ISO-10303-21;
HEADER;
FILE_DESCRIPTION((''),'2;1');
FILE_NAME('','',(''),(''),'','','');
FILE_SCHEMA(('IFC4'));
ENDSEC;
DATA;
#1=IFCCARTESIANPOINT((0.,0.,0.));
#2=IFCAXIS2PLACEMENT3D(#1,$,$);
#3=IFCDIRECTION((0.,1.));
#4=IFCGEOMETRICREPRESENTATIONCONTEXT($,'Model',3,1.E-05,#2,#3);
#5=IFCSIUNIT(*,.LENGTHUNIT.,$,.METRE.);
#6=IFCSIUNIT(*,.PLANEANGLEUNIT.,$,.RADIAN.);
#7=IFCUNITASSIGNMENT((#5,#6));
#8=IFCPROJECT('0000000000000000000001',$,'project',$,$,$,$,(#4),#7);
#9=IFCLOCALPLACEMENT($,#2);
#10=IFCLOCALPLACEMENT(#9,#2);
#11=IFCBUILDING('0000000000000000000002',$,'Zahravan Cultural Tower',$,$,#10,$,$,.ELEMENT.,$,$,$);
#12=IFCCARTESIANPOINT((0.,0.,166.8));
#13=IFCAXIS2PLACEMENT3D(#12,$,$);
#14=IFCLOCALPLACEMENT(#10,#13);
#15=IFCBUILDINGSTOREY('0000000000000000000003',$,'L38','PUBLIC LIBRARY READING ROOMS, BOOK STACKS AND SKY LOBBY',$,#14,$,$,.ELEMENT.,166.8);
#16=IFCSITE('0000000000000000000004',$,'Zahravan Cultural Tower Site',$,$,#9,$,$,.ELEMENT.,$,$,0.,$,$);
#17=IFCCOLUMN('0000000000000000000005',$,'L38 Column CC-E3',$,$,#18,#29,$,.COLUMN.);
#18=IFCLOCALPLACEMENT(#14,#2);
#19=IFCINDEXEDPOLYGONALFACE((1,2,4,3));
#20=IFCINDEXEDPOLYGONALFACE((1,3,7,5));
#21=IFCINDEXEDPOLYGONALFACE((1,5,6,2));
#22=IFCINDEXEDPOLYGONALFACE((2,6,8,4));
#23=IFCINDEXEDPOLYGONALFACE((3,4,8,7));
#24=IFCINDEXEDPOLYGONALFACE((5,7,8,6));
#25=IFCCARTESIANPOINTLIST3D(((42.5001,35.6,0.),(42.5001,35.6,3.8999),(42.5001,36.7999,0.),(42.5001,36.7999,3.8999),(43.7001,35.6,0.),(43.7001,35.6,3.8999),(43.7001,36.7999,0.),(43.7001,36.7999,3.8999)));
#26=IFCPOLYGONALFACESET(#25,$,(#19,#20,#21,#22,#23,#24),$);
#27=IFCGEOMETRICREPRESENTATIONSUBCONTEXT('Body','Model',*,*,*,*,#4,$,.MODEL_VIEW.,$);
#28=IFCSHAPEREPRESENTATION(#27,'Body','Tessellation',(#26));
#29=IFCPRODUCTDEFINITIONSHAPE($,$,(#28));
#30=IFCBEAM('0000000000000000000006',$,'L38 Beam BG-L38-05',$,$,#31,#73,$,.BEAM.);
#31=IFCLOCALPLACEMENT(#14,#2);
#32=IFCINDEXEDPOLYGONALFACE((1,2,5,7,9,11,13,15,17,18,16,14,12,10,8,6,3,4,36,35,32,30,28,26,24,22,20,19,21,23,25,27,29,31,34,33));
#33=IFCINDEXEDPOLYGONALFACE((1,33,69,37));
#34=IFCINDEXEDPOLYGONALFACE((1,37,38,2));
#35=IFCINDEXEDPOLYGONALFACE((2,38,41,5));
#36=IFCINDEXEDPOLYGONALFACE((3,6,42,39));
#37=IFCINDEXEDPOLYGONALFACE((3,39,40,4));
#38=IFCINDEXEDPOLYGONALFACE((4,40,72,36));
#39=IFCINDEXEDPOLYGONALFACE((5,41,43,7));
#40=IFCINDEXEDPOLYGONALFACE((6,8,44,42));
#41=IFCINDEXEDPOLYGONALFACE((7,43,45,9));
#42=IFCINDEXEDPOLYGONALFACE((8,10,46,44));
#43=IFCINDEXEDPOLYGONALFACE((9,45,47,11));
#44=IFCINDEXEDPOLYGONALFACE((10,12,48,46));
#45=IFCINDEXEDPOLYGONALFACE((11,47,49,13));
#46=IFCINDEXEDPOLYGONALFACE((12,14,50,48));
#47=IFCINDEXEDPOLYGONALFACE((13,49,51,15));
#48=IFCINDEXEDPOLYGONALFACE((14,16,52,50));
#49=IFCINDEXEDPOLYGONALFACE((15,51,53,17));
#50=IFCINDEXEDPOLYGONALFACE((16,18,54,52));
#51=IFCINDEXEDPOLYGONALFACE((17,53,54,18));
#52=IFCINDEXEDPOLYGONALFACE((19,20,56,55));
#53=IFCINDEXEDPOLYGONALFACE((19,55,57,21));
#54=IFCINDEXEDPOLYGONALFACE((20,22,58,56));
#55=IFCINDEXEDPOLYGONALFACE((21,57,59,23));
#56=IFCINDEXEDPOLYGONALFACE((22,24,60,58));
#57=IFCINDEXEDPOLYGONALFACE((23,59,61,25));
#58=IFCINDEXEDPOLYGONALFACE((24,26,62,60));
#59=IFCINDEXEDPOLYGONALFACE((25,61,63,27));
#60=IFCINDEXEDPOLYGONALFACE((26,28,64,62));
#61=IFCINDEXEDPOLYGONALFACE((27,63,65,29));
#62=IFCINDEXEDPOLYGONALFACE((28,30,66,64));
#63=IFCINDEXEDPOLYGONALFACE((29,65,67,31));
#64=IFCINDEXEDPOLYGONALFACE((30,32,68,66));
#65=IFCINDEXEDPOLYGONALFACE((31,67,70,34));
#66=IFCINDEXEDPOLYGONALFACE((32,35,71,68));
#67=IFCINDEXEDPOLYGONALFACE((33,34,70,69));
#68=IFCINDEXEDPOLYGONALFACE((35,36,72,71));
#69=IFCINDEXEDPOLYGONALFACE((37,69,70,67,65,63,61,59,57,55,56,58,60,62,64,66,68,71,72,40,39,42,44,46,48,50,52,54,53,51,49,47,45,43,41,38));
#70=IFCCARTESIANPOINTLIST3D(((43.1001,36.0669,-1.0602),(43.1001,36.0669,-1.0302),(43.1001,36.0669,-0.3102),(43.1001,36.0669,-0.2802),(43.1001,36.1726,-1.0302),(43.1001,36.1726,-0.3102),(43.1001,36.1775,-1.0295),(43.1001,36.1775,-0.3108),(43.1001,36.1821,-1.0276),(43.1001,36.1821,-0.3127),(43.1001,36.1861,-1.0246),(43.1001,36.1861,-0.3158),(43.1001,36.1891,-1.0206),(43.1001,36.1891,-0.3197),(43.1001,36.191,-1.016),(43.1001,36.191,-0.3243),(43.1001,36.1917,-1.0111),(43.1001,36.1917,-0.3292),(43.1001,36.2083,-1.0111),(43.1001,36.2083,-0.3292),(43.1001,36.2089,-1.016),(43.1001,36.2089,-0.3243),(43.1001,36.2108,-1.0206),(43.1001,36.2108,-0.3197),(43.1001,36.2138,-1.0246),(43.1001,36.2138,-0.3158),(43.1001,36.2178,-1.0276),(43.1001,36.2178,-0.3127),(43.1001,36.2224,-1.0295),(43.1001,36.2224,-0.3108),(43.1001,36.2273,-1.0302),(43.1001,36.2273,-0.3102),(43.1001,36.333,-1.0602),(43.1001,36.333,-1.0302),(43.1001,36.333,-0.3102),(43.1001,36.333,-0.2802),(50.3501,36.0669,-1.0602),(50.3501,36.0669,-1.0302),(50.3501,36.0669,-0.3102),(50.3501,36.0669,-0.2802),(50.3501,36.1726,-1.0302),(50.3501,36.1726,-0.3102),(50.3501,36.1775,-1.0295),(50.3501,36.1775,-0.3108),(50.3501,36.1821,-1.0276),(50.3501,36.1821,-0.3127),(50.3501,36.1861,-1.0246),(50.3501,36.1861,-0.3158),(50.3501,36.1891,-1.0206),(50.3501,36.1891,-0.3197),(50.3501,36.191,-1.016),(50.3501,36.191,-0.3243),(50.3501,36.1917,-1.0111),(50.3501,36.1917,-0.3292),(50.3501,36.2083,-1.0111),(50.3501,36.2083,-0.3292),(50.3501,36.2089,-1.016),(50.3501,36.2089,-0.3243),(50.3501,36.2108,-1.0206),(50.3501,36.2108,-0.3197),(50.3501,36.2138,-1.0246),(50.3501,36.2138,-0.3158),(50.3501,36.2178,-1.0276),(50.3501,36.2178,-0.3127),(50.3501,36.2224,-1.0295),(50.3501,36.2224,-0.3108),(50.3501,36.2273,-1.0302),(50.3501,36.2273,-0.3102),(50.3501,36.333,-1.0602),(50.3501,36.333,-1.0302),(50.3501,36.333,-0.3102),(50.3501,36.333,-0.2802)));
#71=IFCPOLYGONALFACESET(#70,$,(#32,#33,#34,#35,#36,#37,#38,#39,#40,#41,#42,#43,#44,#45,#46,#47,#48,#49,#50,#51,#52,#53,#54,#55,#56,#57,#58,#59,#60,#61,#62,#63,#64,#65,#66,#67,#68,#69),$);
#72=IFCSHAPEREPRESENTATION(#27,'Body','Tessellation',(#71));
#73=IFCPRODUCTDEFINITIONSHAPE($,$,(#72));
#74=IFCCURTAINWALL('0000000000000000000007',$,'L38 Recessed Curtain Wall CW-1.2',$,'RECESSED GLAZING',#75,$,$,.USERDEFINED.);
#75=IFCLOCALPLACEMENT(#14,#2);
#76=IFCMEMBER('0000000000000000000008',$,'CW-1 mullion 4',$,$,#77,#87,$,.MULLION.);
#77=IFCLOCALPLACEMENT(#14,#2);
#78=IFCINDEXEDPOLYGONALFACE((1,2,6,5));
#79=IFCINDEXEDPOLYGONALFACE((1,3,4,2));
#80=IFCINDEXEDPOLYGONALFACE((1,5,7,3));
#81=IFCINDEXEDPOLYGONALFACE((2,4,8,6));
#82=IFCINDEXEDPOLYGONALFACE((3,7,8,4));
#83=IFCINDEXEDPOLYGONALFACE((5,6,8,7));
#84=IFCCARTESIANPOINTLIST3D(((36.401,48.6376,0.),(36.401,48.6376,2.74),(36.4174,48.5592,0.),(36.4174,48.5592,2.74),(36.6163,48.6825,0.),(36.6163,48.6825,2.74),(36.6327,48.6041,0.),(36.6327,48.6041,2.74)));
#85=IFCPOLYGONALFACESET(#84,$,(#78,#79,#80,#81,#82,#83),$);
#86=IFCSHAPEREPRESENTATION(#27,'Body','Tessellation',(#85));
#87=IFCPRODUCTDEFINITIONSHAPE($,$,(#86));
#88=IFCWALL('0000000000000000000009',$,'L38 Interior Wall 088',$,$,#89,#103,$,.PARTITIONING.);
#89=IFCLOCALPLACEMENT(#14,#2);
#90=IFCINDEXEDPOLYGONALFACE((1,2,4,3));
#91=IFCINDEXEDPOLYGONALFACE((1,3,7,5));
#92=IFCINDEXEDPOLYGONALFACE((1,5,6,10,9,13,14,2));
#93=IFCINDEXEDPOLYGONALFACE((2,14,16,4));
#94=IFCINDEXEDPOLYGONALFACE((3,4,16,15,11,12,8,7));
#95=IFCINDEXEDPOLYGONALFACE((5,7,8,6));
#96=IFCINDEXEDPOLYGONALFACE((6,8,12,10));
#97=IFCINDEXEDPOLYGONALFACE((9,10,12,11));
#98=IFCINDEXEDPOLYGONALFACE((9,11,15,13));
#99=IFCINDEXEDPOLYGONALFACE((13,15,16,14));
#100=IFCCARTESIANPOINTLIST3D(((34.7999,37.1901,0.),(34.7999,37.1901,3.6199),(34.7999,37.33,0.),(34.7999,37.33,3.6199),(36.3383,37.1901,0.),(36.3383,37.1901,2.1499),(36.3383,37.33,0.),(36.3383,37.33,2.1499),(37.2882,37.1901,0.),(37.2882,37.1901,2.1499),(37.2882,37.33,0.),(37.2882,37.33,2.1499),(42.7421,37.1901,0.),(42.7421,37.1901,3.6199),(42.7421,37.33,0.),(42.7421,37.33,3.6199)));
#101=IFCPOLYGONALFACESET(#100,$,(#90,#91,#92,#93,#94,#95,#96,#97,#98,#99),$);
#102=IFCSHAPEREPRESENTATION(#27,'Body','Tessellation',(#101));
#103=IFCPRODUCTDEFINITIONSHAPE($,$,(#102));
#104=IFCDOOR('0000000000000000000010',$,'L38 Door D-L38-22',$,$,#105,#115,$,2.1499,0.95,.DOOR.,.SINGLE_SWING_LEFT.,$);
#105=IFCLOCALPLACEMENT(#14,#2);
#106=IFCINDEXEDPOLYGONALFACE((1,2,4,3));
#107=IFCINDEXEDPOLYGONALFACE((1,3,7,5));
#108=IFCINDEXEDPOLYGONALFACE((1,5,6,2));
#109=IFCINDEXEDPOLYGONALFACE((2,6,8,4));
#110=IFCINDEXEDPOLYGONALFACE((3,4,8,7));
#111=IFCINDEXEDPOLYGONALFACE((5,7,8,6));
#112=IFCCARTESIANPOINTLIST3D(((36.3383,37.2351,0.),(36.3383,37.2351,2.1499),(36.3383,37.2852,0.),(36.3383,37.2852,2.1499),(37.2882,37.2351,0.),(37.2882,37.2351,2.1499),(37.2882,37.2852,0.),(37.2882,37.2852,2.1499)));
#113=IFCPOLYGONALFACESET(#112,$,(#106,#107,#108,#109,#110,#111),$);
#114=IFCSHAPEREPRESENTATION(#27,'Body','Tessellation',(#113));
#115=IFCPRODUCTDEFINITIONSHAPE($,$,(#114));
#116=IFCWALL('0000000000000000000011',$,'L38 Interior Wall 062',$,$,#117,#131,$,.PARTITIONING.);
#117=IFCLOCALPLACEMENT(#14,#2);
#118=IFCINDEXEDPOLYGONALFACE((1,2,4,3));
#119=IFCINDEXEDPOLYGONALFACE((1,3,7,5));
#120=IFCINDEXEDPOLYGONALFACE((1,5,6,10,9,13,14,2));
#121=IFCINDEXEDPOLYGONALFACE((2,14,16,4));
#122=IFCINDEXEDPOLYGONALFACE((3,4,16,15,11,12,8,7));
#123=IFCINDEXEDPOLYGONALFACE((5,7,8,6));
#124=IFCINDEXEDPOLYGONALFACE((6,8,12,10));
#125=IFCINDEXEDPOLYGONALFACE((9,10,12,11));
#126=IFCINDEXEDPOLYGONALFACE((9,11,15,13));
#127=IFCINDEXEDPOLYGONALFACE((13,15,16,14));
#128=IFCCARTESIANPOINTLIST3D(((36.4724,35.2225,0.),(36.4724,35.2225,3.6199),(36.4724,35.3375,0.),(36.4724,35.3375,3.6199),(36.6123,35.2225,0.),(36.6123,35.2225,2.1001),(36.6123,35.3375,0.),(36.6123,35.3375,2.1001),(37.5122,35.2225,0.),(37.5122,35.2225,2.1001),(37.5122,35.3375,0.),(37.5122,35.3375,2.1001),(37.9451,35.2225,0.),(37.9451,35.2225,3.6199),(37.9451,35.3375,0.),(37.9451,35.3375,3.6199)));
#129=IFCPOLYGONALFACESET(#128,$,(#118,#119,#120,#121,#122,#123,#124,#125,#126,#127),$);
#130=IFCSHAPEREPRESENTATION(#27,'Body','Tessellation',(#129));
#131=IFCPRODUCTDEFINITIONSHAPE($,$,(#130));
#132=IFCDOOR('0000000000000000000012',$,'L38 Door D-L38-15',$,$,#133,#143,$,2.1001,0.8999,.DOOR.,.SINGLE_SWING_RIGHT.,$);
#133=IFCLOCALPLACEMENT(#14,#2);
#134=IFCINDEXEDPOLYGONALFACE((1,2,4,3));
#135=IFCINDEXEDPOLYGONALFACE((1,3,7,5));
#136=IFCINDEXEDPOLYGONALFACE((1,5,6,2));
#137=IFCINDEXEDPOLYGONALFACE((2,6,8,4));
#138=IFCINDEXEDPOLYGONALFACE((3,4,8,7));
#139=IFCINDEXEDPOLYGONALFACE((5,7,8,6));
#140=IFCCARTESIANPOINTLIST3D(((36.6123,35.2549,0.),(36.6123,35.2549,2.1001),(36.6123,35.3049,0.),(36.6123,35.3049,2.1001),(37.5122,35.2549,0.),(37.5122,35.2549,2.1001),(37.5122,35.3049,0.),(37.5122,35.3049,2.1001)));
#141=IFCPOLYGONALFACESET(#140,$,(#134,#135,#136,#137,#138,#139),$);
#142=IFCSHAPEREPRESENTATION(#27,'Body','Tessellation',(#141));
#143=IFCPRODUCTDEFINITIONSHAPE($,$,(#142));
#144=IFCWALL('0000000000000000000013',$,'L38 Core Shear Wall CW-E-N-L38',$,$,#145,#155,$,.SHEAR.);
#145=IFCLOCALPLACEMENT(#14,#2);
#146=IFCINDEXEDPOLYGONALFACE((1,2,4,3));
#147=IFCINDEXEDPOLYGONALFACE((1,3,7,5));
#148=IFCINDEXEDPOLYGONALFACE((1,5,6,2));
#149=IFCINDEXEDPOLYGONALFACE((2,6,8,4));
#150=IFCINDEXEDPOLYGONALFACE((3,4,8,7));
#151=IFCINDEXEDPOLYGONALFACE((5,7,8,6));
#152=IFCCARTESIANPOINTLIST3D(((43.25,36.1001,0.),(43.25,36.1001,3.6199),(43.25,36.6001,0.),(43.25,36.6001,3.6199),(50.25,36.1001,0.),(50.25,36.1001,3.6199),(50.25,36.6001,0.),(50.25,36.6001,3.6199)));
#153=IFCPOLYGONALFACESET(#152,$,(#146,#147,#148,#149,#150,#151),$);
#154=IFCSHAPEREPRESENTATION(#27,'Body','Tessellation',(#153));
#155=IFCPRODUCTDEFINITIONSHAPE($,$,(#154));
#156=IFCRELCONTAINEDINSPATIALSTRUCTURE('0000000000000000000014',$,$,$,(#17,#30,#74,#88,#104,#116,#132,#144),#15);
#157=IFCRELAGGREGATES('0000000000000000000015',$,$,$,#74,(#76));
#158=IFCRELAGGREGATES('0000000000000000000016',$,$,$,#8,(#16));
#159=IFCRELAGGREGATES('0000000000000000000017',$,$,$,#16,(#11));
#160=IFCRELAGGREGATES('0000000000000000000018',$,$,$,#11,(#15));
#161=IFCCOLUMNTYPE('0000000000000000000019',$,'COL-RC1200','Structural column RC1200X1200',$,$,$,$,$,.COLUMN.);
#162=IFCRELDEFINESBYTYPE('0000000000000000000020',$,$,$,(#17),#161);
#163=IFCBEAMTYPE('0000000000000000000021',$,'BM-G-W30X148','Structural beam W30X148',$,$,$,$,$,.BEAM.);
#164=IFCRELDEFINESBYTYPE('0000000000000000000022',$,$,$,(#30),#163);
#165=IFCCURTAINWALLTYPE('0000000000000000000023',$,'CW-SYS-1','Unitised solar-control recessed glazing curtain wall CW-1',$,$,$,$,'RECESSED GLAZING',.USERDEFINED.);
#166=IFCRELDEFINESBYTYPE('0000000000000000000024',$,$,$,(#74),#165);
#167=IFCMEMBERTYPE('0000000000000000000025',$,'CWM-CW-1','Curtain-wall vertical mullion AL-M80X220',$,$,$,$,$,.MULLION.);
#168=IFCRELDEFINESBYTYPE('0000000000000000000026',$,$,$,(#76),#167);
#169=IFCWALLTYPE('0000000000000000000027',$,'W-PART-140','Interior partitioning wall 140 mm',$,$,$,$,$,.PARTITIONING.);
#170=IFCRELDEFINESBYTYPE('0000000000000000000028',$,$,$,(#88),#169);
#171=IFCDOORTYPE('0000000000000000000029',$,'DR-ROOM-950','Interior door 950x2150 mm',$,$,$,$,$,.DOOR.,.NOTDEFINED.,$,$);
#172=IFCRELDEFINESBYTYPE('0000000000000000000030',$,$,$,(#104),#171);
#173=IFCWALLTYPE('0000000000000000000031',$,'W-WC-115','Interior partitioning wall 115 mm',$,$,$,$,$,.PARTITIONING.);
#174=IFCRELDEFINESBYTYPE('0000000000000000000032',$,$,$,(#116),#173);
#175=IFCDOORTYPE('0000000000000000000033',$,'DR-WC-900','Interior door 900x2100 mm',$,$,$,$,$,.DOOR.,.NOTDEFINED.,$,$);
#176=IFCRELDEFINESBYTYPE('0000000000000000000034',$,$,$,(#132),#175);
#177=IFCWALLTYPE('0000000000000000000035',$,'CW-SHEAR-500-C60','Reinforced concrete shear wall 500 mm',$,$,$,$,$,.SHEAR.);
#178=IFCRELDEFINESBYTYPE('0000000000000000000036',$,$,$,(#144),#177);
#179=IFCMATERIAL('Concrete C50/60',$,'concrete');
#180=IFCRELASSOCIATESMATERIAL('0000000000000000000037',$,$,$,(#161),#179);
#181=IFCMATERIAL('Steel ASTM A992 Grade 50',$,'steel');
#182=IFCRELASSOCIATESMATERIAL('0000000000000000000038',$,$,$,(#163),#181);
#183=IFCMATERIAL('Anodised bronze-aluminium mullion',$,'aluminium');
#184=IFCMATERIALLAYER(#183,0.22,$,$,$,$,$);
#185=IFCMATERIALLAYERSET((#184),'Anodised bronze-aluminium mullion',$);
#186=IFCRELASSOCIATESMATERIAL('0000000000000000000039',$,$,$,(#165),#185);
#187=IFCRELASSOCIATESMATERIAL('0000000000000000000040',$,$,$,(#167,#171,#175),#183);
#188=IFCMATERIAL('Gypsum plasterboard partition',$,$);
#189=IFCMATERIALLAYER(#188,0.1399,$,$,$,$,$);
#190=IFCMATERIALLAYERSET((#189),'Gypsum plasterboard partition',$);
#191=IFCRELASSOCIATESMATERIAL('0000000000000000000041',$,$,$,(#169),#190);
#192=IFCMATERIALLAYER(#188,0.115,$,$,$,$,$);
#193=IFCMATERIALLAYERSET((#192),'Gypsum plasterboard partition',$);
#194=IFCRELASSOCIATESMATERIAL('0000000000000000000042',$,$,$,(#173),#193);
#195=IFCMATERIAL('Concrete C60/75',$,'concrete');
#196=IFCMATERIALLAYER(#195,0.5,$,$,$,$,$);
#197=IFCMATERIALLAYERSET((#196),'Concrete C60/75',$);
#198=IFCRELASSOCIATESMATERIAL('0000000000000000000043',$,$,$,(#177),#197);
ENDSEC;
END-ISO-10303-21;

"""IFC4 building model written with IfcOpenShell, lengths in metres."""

from ifc_helpers import new_model, si_unit, direction, frame, frame_2d, origin, origin_2d, place, context, subcontext, project, spatial, rectangle, i_section, extrude, source, transform, mapped, material, layer, layer_set, material_profile, profile_set, type_object, element, fill, aggregate, save


model = new_model("IFC4")

# Units and contexts
model_context = context("Model", 3, precision=1e-05, world=origin(), true_north=direction((0.0, 1.0)))
body_context = subcontext(model_context, "Body", "Model", "MODEL_VIEW")
ifc_project = project(units=[si_unit("LENGTHUNIT", "METRE"), si_unit("PLANEANGLEUNIT", "RADIAN")], contexts=[model_context])

# Site, building, storey
site_placement = place(None, origin())
site = spatial("IfcSite", under=ifc_project, at=site_placement, Name="Zahravan Cultural Tower Site", CompositionType="ELEMENT", RefElevation=0.0)
building_placement = place(site_placement, origin())
building = spatial("IfcBuilding", under=site, at=building_placement, Name="Zahravan Cultural Tower", CompositionType="ELEMENT")
storey_placement = place(building_placement, frame((0.0, 0.0, 166.8)))
storey = spatial("IfcBuildingStorey", under=building, at=storey_placement, Name="L38", Description="PUBLIC LIBRARY READING ROOMS, BOOK STACKS AND SKY LOBBY", CompositionType="ELEMENT", Elevation=166.8)

# Column
ifc_material_1 = material(Name="Concrete C50/60", Category="concrete")
ifc_material_profile_1 = material_profile(ifc_material_1, rectangle(XDim=1.2, YDim=1.2, at=origin_2d()), Name="RC1200X1200")
ifc_profile_set_1 = profile_set([ifc_material_profile_1], Name="Concrete C50/60")
column_type = type_object("IfcColumnType", Name="COL-RC1200", Description="Structural column RC1200X1200", PredefinedType="COLUMN", material=ifc_profile_set_1)
shared_shape_1 = source(origin(), body_context, "Body", "SweptSolid", [
    extrude(rectangle(XDim=1.2, YDim=1.2, at=origin_2d()), origin(), (0.0, 0.0, 1.0), 3.8999),
])
column_placement = place(storey_placement, frame((43.1001, 36.2, 0.0), z_axis=(0.0, 0.0, 1.0), x_axis=(1.0, 0.0, 0.0)))
element("IfcColumn", 1, at=column_placement, inside=storey, type_object=column_type, Name="L38 Column CC-E3", PredefinedType="COLUMN", context=body_context, shape_type="MappedRepresentation", body=[
    mapped(shared_shape_1, transform((0.0, 0.0, 0.0), x_axis=(1.0, 0.0, 0.0), y_axis=(0.0, 1.0, 0.0), z_axis=(0.0, 0.0, 1.0), scale=1.0)),
])

# Beam
ifc_material_2 = material(Name="Steel ASTM A992 Grade 50", Category="steel")
ifc_material_profile_2 = material_profile(ifc_material_2, i_section(OverallWidth=0.2661, OverallDepth=0.78, WebThickness=0.0166, FlangeThickness=0.03, FilletRadius=0.019, at=origin_2d()), Name="W30X148")
ifc_profile_set_2 = profile_set([ifc_material_profile_2], Name="Steel ASTM A992 Grade 50")
beam_type = type_object("IfcBeamType", Name="BM-G-W30X148", Description="Structural beam W30X148", PredefinedType="BEAM", material=ifc_profile_set_2)
shared_shape_2 = source(origin(), body_context, "Body", "SweptSolid", [
    extrude(i_section(OverallWidth=0.2661, OverallDepth=0.78, WebThickness=0.0166, FlangeThickness=0.03, FilletRadius=0.019, at=origin_2d()), origin(), (0.0, 0.0, 1.0), 7.25),
])
beam_placement = place(storey_placement, frame((43.1001, 36.2, -0.6702), z_axis=(1.0, 0.0, 0.0), x_axis=(0.0, 1.0, 0.0)))
element("IfcBeam", 2, at=beam_placement, inside=storey, type_object=beam_type, Name="L38 Beam BG-L38-05", PredefinedType="BEAM", context=body_context, shape_type="MappedRepresentation", body=[
    mapped(shared_shape_2, transform((0.0, 0.0, 0.0), x_axis=(1.0, 0.0, 0.0), y_axis=(0.0, 1.0, 0.0), z_axis=(0.0, 0.0, 1.0), scale=1.0)),
])

# Curtain wall, member
ifc_material_3 = material(Name="Anodised bronze-aluminium mullion", Category="aluminium")
ifc_layer_1 = layer(ifc_material_3, 0.22)
ifc_layer_set_1 = layer_set([ifc_layer_1], Name="Anodised bronze-aluminium mullion")
curtain_wall_type = type_object("IfcCurtainWallType", Name="CW-SYS-1", Description="Unitised solar-control recessed glazing curtain wall CW-1", ElementType="RECESSED GLAZING", PredefinedType="USERDEFINED", material=ifc_layer_set_1)
curtain_wall_placement = place(storey_placement, origin())
curtain_wall = element("IfcCurtainWall", 3, at=curtain_wall_placement, inside=storey, type_object=curtain_wall_type, Name="L38 Recessed Curtain Wall CW-1.2", ObjectType="RECESSED GLAZING", PredefinedType="USERDEFINED")
ifc_material_profile_3 = material_profile(ifc_material_3, rectangle(XDim=0.0801, YDim=0.22, at=origin_2d()), Name="AL-M80X220")
ifc_profile_set_3 = profile_set([ifc_material_profile_3], Name="Anodised bronze-aluminium mullion")
member_type = type_object("IfcMemberType", Name="CWM-CW-1", Description="Curtain-wall vertical mullion AL-M80X220", PredefinedType="MULLION", material=ifc_profile_set_3)
shared_shape_3 = source(origin(), body_context, "Body", "SweptSolid", [
    extrude(rectangle(XDim=0.0801, YDim=0.22, at=origin_2d()), origin(), (0.0, 0.0, 1.0), 2.74),
])
member_placement = place(storey_placement, frame((36.5168, 48.6208, 0.0), z_axis=(0.0, 0.0, 1.0), x_axis=(-0.204162, 0.978937, 0.0)))
member = element("IfcMember", 4, at=member_placement, type_object=member_type, Name="CW-1 mullion 4", PredefinedType="MULLION", context=body_context, shape_type="MappedRepresentation", body=[
    mapped(shared_shape_3, transform((0.0, 0.0, 0.0), x_axis=(1.0, 0.0, 0.0), y_axis=(0.0, 1.0, 0.0), z_axis=(0.0, 0.0, 1.0), scale=1.0)),
])
aggregate(curtain_wall, [member])

# Walls, openings, doors
ifc_material_4 = material(Name="Gypsum plasterboard partition")
ifc_layer_2 = layer(ifc_material_4, 0.1399)
ifc_layer_set_2 = layer_set([ifc_layer_2], Name="Gypsum plasterboard partition")
wall_type_1 = type_object("IfcWallType", Name="W-PART-140", Description="Interior partitioning wall 140 mm", PredefinedType="PARTITIONING", material=ifc_layer_set_2)
wall_1_placement = place(storey_placement, frame((42.7422, 37.26, 0.0), z_axis=(0.0, 0.0, 1.0), x_axis=(-1.0, 0.0, 0.0)))
wall_1 = element("IfcWall", 5, at=wall_1_placement, inside=storey, type_object=wall_type_1, Name="L38 Interior Wall 088", PredefinedType="PARTITIONING", context=body_context, shape_type="SweptSolid", body=[
    extrude(rectangle(XDim=7.9421, YDim=0.1399, at=frame_2d((3.9712, 0.0))), origin(), (0.0, 0.0, 1.0), 3.6199),
])
opening_1_placement = place(wall_1_placement, frame((5.4539, 0.0, 0.0)))
opening_1 = element("IfcOpeningElement", 6, at=opening_1_placement, cuts=wall_1, PredefinedType="OPENING", context=body_context, shape_type="SweptSolid", body=[
    extrude(rectangle(XDim=0.95, YDim=2.1499, at=frame_2d((0.4751, 1.075))), frame((0.0, 0.0798, 0.0), z_axis=(0.0, -1.0, 0.0), x_axis=(1.0, 0.0, 0.0)), (0.0, 0.0, 1.0), 0.1599),
])
door_type_1 = type_object("IfcDoorType", Name="DR-ROOM-950", Description="Interior door 950x2150 mm", OperationType="NOTDEFINED", PredefinedType="DOOR", material=ifc_material_3)
shared_shape_4 = source(origin(), body_context, "Body", "SweptSolid", [
    extrude(rectangle(XDim=0.95, YDim=2.1499, at=frame_2d((0.4751, 1.075))), frame((0.0, 0.0249, 0.0), z_axis=(0.0, -1.0, 0.0), x_axis=(1.0, 0.0, 0.0)), (0.0, 0.0, 1.0), 0.05),
])
door_1_placement = place(opening_1_placement, origin())
door_1 = element("IfcDoor", 7, at=door_1_placement, inside=storey, type_object=door_type_1, Name="L38 Door D-L38-22", OperationType="SINGLE_SWING_LEFT", OverallHeight=2.1499, OverallWidth=0.95, PredefinedType="DOOR", context=body_context, shape_type="MappedRepresentation", body=[
    mapped(shared_shape_4, transform((0.0, 0.0, 0.0), x_axis=(1.0, 0.0, 0.0), y_axis=(0.0, 1.0, 0.0), z_axis=(0.0, 0.0, 1.0), scale=1.0)),
])
fill(opening_1, door_1)
ifc_layer_3 = layer(ifc_material_4, 0.115)
ifc_layer_set_3 = layer_set([ifc_layer_3], Name="Gypsum plasterboard partition")
wall_type_2 = type_object("IfcWallType", Name="W-WC-115", Description="Interior partitioning wall 115 mm", PredefinedType="PARTITIONING", material=ifc_layer_set_3)
wall_2_placement = place(storey_placement, frame((36.4724, 35.28, 0.0), z_axis=(0.0, 0.0, 1.0), x_axis=(1.0, 0.0, 0.0)))
wall_2 = element("IfcWall", 8, at=wall_2_placement, inside=storey, type_object=wall_type_2, Name="L38 Interior Wall 062", PredefinedType="PARTITIONING", context=body_context, shape_type="SweptSolid", body=[
    extrude(rectangle(XDim=1.4727, YDim=0.115, at=frame_2d((0.7363, 0.0))), origin(), (0.0, 0.0, 1.0), 3.6199),
])
opening_2_placement = place(wall_2_placement, frame((0.1399, 0.0, 0.0)))
opening_2 = element("IfcOpeningElement", 9, at=opening_2_placement, cuts=wall_2, PredefinedType="OPENING", context=body_context, shape_type="SweptSolid", body=[
    extrude(rectangle(XDim=0.8999, YDim=2.1001, at=frame_2d((0.45, 1.05))), frame((0.0, 0.0674, 0.0), z_axis=(0.0, -1.0, 0.0), x_axis=(1.0, 0.0, 0.0)), (0.0, 0.0, 1.0), 0.135),
])
door_type_2 = type_object("IfcDoorType", Name="DR-WC-900", Description="Interior door 900x2100 mm", OperationType="NOTDEFINED", PredefinedType="DOOR", material=ifc_material_3)
shared_shape_5 = source(origin(), body_context, "Body", "SweptSolid", [
    extrude(rectangle(XDim=0.8999, YDim=2.1001, at=frame_2d((0.45, 1.05))), frame((0.0, 0.0249, 0.0), z_axis=(0.0, -1.0, 0.0), x_axis=(1.0, 0.0, 0.0)), (0.0, 0.0, 1.0), 0.05),
])
door_2_placement = place(opening_2_placement, origin())
door_2 = element("IfcDoor", 10, at=door_2_placement, inside=storey, type_object=door_type_2, Name="L38 Door D-L38-15", OperationType="SINGLE_SWING_RIGHT", OverallHeight=2.1001, OverallWidth=0.8999, PredefinedType="DOOR", context=body_context, shape_type="MappedRepresentation", body=[
    mapped(shared_shape_5, transform((0.0, 0.0, 0.0), x_axis=(1.0, 0.0, 0.0), y_axis=(0.0, 1.0, 0.0), z_axis=(0.0, 0.0, 1.0), scale=1.0)),
])
fill(opening_2, door_2)

# Wall
ifc_material_5 = material(Name="Concrete C60/75", Category="concrete")
ifc_layer_4 = layer(ifc_material_5, 0.5)
ifc_layer_set_4 = layer_set([ifc_layer_4], Name="Concrete C60/75")
wall_type_3 = type_object("IfcWallType", Name="CW-SHEAR-500-C60", Description="Reinforced concrete shear wall 500 mm", PredefinedType="SHEAR", material=ifc_layer_set_4)
shared_shape_6 = source(origin(), body_context, "Body", "SweptSolid", [
    extrude(rectangle(XDim=7.0, YDim=0.5, at=frame_2d((3.5, 0.0))), origin(), (0.0, 0.0, 1.0), 3.6199),
])
wall_3_placement = place(storey_placement, frame((43.25, 36.3501, 0.0), z_axis=(0.0, 0.0, 1.0), x_axis=(1.0, 0.0, 0.0)))
element("IfcWall", 11, at=wall_3_placement, inside=storey, type_object=wall_type_3, Name="L38 Core Shear Wall CW-E-N-L38", PredefinedType="SHEAR", context=body_context, shape_type="MappedRepresentation", body=[
    mapped(shared_shape_6, transform((0.0, 0.0, 0.0), x_axis=(1.0, 0.0, 0.0), y_axis=(0.0, 1.0, 0.0), z_axis=(0.0, 0.0, 1.0), scale=1.0)),
])

save(model, "model.ifc")
